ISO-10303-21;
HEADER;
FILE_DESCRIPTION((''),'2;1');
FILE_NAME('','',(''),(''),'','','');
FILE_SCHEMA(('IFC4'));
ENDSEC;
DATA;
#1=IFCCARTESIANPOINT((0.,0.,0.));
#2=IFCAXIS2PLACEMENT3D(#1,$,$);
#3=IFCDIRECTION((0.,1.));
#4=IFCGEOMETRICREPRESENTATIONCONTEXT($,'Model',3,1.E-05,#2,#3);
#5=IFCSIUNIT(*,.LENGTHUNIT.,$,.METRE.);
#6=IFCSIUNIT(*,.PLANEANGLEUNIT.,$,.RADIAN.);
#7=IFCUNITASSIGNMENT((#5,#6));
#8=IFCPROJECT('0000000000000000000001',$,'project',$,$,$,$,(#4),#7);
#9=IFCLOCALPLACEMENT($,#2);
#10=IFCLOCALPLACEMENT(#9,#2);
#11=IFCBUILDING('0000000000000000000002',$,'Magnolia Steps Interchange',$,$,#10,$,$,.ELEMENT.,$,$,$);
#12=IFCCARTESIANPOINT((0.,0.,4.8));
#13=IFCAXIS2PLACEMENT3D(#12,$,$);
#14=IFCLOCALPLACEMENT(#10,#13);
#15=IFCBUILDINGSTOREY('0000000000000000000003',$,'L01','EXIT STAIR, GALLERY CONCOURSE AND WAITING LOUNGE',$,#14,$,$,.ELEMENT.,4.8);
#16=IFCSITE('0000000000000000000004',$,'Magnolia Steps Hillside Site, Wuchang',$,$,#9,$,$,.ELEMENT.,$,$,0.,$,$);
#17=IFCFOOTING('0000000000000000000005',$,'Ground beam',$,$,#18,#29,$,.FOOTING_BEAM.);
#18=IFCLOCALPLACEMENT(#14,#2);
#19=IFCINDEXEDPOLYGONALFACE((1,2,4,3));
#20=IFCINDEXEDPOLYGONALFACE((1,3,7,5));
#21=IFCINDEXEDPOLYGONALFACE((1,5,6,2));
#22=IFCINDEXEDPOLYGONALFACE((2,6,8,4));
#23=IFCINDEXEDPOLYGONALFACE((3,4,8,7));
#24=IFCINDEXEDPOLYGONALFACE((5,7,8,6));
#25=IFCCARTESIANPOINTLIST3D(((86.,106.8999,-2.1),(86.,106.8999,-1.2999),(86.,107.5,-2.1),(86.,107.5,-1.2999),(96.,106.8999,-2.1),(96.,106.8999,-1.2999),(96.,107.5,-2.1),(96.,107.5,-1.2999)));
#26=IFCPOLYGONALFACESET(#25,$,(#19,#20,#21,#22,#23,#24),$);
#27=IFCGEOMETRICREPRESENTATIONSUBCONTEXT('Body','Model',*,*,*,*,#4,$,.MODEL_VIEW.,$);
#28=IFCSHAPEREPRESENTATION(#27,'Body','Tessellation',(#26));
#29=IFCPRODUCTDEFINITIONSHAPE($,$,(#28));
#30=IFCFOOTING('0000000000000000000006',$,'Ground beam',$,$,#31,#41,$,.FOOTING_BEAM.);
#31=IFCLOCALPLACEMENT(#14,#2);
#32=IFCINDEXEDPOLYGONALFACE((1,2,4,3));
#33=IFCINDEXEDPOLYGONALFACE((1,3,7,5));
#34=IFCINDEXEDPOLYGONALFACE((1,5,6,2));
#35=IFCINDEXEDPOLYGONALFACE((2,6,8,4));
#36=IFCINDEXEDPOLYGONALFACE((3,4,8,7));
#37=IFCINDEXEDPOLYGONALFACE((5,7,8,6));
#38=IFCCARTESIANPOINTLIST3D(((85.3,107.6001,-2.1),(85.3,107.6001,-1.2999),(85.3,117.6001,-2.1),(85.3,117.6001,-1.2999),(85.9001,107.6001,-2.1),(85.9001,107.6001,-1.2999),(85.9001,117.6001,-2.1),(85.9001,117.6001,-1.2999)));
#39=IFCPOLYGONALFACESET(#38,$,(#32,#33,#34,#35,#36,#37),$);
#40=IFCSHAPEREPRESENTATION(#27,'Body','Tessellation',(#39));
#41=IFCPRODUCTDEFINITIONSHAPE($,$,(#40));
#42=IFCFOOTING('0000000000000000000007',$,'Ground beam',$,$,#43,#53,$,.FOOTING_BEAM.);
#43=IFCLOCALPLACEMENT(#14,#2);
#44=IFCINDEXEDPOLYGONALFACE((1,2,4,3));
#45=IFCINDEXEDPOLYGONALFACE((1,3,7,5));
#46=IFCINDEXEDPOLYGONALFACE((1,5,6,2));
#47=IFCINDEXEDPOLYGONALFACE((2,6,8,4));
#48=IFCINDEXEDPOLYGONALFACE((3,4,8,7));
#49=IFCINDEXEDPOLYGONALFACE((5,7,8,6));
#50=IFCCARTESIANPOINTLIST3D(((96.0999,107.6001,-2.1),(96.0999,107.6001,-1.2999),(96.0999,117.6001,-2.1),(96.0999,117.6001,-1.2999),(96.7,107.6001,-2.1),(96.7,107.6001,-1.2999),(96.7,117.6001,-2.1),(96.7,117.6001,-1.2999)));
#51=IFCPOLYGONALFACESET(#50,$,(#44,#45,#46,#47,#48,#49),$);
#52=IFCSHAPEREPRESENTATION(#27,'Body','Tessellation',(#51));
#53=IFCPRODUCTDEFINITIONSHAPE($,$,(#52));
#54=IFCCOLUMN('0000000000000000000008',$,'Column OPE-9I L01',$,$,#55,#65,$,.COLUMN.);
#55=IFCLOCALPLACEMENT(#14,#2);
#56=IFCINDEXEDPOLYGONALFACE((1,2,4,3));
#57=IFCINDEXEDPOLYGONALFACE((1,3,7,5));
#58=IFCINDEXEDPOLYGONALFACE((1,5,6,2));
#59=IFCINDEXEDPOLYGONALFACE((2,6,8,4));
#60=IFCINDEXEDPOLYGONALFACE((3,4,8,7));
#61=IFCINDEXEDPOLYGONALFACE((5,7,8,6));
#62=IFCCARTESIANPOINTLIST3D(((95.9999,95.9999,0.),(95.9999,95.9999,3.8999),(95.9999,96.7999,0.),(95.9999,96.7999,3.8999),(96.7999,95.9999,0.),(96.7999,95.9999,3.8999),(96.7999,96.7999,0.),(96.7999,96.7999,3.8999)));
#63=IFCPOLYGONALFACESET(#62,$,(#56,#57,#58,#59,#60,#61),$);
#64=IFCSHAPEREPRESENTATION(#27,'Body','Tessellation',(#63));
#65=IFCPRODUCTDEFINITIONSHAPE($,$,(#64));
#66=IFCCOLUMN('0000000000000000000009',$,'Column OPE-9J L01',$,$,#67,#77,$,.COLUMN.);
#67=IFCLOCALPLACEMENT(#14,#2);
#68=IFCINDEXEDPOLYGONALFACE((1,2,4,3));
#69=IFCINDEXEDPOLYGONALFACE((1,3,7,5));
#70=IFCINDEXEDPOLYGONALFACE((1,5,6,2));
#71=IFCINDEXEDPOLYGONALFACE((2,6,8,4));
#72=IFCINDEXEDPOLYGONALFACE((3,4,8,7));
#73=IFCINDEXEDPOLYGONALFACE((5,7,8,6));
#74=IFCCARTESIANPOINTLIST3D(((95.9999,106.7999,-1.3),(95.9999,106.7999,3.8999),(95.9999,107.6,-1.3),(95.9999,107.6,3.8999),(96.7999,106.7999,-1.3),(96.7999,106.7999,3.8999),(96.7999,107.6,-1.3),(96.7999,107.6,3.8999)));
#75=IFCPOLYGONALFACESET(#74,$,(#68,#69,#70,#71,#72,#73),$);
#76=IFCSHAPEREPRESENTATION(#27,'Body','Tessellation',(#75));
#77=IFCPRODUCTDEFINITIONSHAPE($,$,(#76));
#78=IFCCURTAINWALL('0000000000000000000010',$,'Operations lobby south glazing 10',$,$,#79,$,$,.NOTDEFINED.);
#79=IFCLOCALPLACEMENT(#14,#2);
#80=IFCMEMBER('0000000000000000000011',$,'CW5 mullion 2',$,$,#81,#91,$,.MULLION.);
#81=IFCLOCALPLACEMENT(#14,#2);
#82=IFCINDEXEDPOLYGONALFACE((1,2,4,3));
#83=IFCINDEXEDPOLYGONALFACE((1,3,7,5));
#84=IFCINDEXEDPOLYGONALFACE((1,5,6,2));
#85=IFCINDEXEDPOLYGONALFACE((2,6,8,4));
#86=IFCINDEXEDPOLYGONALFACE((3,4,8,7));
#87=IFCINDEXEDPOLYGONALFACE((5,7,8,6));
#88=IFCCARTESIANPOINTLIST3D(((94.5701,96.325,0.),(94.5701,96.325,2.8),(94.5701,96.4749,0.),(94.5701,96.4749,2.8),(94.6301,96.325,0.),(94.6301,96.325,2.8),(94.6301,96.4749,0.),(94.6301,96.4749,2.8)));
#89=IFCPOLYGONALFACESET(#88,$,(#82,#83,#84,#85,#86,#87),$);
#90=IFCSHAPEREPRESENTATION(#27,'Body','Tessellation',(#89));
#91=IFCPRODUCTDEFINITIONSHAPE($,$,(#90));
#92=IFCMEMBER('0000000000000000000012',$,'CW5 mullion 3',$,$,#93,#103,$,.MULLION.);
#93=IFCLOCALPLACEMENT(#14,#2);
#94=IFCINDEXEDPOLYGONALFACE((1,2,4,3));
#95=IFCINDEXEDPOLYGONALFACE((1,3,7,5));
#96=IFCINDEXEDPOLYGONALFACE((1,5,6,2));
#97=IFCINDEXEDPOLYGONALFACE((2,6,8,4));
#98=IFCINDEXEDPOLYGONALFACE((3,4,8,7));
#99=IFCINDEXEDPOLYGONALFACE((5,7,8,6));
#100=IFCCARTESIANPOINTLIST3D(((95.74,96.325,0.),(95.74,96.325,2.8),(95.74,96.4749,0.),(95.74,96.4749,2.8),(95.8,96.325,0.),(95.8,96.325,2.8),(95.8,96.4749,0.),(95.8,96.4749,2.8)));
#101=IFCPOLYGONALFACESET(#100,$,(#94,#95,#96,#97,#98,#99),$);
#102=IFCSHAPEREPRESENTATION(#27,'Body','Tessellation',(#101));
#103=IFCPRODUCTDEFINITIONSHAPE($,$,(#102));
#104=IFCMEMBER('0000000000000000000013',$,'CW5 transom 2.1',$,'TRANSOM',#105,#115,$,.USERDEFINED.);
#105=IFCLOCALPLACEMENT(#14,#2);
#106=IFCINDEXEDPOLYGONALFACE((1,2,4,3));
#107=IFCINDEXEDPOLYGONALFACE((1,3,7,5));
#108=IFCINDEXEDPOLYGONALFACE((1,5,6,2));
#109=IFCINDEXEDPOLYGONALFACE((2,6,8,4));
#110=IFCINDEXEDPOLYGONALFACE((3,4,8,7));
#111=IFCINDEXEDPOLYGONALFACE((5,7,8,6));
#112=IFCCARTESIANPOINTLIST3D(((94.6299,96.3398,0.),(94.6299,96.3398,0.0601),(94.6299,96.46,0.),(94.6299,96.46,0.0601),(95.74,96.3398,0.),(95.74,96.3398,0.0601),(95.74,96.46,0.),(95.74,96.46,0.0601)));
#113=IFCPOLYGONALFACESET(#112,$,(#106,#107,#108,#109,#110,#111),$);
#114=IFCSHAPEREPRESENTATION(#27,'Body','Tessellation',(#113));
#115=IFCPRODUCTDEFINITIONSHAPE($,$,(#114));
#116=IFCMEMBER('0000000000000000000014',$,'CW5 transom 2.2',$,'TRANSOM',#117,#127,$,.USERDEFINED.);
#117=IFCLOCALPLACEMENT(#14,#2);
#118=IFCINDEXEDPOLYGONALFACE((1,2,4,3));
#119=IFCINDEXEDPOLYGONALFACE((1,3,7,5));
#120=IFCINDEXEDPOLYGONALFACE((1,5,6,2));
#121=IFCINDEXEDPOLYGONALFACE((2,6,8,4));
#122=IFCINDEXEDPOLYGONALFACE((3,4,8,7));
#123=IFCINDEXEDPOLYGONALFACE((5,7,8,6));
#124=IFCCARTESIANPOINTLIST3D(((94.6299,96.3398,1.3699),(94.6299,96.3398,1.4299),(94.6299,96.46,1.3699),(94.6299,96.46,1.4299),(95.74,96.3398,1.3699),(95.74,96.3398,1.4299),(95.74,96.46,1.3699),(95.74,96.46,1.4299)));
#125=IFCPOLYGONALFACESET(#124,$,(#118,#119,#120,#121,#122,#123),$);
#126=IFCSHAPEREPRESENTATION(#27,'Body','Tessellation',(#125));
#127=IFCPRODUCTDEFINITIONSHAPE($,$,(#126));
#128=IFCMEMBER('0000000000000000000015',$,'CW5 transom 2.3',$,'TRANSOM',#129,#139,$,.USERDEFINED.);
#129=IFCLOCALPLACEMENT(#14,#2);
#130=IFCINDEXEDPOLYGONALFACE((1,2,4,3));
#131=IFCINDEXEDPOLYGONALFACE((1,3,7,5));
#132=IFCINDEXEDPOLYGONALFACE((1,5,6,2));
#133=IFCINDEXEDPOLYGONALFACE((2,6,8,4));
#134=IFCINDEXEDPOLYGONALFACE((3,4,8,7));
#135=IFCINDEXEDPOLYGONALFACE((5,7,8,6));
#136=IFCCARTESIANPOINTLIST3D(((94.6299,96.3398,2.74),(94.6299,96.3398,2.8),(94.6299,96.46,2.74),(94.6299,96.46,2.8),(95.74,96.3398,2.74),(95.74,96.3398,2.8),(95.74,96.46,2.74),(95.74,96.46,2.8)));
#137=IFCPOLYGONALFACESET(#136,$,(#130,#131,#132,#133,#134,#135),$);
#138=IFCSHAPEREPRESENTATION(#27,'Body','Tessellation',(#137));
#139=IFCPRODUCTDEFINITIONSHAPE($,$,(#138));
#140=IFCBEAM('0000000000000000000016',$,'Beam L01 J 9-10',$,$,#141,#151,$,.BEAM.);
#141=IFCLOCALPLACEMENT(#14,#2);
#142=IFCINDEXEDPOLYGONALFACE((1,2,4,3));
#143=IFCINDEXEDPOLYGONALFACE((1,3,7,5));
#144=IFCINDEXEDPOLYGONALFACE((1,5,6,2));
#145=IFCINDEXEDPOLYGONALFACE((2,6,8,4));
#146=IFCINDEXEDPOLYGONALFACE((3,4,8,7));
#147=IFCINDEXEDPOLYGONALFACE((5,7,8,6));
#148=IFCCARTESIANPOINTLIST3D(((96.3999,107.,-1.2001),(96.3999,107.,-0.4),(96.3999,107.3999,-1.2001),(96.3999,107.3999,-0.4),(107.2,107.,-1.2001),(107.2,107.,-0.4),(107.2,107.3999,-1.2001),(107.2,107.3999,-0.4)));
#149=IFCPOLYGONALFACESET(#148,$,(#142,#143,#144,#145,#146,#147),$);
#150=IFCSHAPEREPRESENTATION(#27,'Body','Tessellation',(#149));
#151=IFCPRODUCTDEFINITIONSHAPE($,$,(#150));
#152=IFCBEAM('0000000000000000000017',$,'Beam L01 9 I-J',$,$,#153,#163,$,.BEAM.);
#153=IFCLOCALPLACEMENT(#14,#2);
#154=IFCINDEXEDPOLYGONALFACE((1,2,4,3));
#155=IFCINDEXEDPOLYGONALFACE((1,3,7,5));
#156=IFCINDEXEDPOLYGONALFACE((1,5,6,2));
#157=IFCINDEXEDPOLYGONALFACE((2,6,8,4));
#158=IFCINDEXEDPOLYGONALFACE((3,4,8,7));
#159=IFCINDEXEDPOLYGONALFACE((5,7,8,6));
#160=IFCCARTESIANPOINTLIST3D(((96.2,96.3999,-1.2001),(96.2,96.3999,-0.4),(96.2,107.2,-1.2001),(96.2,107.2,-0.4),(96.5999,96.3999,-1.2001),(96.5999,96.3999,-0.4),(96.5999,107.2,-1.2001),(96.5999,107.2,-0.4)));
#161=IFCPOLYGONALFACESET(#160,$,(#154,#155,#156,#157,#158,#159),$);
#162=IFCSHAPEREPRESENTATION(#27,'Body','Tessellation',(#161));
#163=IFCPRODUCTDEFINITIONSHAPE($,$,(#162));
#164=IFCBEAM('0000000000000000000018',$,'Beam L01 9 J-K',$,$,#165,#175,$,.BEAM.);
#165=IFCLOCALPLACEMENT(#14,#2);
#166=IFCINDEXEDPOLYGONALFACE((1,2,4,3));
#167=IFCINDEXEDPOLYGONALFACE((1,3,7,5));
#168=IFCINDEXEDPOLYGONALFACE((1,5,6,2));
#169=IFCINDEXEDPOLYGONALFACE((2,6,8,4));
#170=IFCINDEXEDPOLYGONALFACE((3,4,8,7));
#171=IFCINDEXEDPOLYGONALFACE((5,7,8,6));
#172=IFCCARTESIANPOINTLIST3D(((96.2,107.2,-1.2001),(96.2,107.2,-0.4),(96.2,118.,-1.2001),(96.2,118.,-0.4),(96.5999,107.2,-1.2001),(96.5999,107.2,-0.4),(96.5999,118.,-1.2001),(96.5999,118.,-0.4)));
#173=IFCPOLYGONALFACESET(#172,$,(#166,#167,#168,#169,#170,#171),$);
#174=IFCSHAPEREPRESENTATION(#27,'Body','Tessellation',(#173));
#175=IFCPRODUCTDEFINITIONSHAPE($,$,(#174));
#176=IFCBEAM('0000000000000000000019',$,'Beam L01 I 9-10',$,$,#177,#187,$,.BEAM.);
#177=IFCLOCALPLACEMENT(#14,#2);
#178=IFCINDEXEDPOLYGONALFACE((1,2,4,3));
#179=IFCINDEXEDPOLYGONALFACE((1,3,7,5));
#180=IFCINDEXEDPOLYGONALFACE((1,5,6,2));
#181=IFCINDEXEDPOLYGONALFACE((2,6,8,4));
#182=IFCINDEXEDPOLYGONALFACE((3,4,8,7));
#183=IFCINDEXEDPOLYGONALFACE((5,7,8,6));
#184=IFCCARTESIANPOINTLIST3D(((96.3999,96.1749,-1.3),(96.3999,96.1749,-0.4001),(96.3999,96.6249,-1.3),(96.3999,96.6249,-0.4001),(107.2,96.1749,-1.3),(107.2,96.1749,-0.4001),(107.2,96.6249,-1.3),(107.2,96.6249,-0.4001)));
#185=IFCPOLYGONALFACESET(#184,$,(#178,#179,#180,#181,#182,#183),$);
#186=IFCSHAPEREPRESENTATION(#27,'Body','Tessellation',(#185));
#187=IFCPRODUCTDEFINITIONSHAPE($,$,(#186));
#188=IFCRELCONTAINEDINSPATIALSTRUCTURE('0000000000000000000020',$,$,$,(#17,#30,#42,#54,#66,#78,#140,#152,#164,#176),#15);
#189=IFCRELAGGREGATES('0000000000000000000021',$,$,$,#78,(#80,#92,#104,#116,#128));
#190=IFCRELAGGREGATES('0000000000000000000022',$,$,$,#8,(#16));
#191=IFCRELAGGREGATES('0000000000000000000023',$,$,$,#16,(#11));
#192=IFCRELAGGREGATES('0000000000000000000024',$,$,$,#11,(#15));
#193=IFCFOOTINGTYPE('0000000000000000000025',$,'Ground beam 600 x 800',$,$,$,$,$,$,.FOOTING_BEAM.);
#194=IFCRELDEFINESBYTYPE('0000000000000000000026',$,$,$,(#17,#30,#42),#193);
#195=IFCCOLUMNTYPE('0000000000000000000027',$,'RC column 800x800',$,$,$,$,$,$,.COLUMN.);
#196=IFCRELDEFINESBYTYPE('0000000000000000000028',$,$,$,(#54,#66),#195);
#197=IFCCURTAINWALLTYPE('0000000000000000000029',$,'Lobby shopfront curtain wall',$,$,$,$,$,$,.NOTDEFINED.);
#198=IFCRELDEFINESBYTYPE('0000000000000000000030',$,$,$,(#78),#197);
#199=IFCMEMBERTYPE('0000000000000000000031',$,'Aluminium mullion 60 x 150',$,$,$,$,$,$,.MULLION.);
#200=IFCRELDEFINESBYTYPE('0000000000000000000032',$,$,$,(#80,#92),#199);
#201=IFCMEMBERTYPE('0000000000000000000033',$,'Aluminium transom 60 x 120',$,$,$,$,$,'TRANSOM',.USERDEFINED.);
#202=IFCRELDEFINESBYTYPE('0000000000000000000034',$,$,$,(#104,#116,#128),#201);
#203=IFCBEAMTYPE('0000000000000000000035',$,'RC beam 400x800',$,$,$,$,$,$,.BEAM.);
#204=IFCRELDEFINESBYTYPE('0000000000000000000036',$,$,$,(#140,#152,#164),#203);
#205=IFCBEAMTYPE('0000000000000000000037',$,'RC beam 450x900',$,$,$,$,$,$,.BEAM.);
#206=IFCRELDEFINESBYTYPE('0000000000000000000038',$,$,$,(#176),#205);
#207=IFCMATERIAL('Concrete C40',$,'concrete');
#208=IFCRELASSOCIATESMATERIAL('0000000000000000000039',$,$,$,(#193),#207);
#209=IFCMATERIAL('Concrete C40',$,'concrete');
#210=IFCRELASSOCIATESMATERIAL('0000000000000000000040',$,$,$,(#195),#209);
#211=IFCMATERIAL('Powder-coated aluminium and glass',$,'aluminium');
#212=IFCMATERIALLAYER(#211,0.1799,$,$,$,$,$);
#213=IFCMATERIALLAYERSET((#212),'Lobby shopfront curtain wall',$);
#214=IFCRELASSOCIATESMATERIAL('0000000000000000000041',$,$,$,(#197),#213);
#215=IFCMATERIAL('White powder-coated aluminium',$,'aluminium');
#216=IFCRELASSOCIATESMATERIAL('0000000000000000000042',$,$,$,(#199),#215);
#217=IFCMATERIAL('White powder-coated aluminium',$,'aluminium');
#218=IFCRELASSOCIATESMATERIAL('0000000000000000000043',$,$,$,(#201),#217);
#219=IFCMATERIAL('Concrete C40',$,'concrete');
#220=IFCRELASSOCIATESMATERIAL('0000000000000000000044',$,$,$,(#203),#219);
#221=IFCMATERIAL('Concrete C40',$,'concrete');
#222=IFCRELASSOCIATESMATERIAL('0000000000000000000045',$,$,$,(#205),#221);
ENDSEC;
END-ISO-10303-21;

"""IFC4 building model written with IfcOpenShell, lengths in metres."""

from ifc_helpers import new_model, si_unit, direction, frame, origin, origin_2d, place, context, subcontext, project, spatial, rectangle, extrude, material, layer, layer_set, material_profile, profile_set, type_object, element, aggregate, save


model = new_model("IFC4")

# Units and contexts
model_context = context("Model", 3, precision=1e-05, world=origin(), true_north=direction((0.0, 1.0)))
body_context = subcontext(model_context, "Body", "Model", "MODEL_VIEW")
ifc_project = project(units=[si_unit("LENGTHUNIT", "METRE"), si_unit("PLANEANGLEUNIT", "RADIAN")], contexts=[model_context])

# Site, building, storey
site_placement = place(None, origin())
site = spatial("IfcSite", under=ifc_project, at=site_placement, Name="Magnolia Steps Hillside Site, Wuchang", CompositionType="ELEMENT", RefElevation=0.0)
building_placement = place(site_placement, origin())
building = spatial("IfcBuilding", under=site, at=building_placement, Name="Magnolia Steps Interchange", CompositionType="ELEMENT")
storey_placement = place(building_placement, frame((0.0, 0.0, 4.8)))
storey = spatial("IfcBuildingStorey", under=building, at=storey_placement, Name="L01", Description="EXIT STAIR, GALLERY CONCOURSE AND WAITING LOUNGE", CompositionType="ELEMENT", Elevation=4.8)

# Footings
ifc_material_1 = material(Name="Concrete C40", Category="concrete")
ifc_material_profile_1 = material_profile(ifc_material_1, rectangle(XDim=0.6001, YDim=0.8, at=origin_2d()), Name="RC600x800")
ifc_profile_set_1 = profile_set([ifc_material_profile_1], Name="Concrete C40")
footing_type = type_object("IfcFootingType", Name="Ground beam 600 x 800", PredefinedType="FOOTING_BEAM", material=ifc_profile_set_1)
for number, where, z_axis, x_axis, name in (
    (1, (86.0, 107.2, -1.7), (1.0, 0.0, 0.0), (0.0, 1.0, 0.0), "Ground beam"),
    (2, (85.6001, 107.6001, -1.7), (0.0, 1.0, 0.0), (-1.0, 0.0, 0.0), "Ground beam"),
    (3, (96.3999, 107.6001, -1.7), (0.0, 1.0, 0.0), (-1.0, 0.0, 0.0), "Ground beam"),
):
    element("IfcFooting", number, at=place(storey_placement, frame(where, z_axis=z_axis, x_axis=x_axis)), inside=storey, type_object=footing_type, Name=name, PredefinedType="FOOTING_BEAM", context=body_context, shape_type="SweptSolid", body=[
        extrude(rectangle(XDim=0.6001, YDim=0.8, at=origin_2d()), origin(), (0.0, 0.0, 1.0), 10.0),
    ])

# Columns
ifc_material_2 = material(Name="Concrete C40", Category="concrete")
ifc_material_profile_2 = material_profile(ifc_material_2, rectangle(XDim=0.8, YDim=0.8, at=origin_2d()), Name="RC800x800")
ifc_profile_set_2 = profile_set([ifc_material_profile_2], Name="Concrete C40")
column_type = type_object("IfcColumnType", Name="RC column 800x800", PredefinedType="COLUMN", material=ifc_profile_set_2)
column_1_placement = place(storey_placement, frame((96.3999, 96.3999, 0.0), z_axis=(0.0, 0.0, 1.0), x_axis=(1.0, 0.0, 0.0)))
element("IfcColumn", 4, at=column_1_placement, inside=storey, type_object=column_type, Name="Column OPE-9I L01", PredefinedType="COLUMN", context=body_context, shape_type="SweptSolid", body=[
    extrude(rectangle(XDim=0.8, YDim=0.8, at=origin_2d()), origin(), (0.0, 0.0, 1.0), 3.8999),
])
column_2_placement = place(storey_placement, frame((96.3999, 107.2, -1.3), z_axis=(0.0, 0.0, 1.0), x_axis=(1.0, 0.0, 0.0)))
element("IfcColumn", 5, at=column_2_placement, inside=storey, type_object=column_type, Name="Column OPE-9J L01", PredefinedType="COLUMN", context=body_context, shape_type="SweptSolid", body=[
    extrude(rectangle(XDim=0.8, YDim=0.8, at=origin_2d()), origin(), (0.0, 0.0, 1.0), 5.2),
])

# Curtain wall, members
ifc_material_3 = material(Name="Powder-coated aluminium and glass", Category="aluminium")
ifc_layer_1 = layer(ifc_material_3, 0.1799)
ifc_layer_set_1 = layer_set([ifc_layer_1], Name="Lobby shopfront curtain wall")
curtain_wall_type = type_object("IfcCurtainWallType", Name="Lobby shopfront curtain wall", PredefinedType="NOTDEFINED", material=ifc_layer_set_1)
curtain_wall_placement = place(storey_placement, origin())
curtain_wall = element("IfcCurtainWall", 6, at=curtain_wall_placement, inside=storey, type_object=curtain_wall_type, Name="Operations lobby south glazing 10", PredefinedType="NOTDEFINED")
ifc_material_4 = material(Name="White powder-coated aluminium", Category="aluminium")
ifc_material_profile_3 = material_profile(ifc_material_4, rectangle(XDim=0.0601, YDim=0.1499, at=origin_2d()), Name="Aluminium mullion 60 x 150")
ifc_profile_set_3 = profile_set([ifc_material_profile_3], Name="White powder-coated aluminium")
member_type_1 = type_object("IfcMemberType", Name="Aluminium mullion 60 x 150", PredefinedType="MULLION", material=ifc_profile_set_3)
member_1_placement = place(storey_placement, frame((94.6001, 96.3999, 0.0), z_axis=(0.0, 0.0, 1.0), x_axis=(1.0, 0.0, 0.0)))
member_1 = element("IfcMember", 7, at=member_1_placement, type_object=member_type_1, Name="CW5 mullion 2", PredefinedType="MULLION", context=body_context, shape_type="SweptSolid", body=[
    extrude(rectangle(XDim=0.0601, YDim=0.1499, at=origin_2d()), origin(), (0.0, 0.0, 1.0), 2.8),
])
member_2_placement = place(storey_placement, frame((95.77, 96.3999, 0.0), z_axis=(0.0, 0.0, 1.0), x_axis=(1.0, 0.0, 0.0)))
member_2 = element("IfcMember", 8, at=member_2_placement, type_object=member_type_1, Name="CW5 mullion 3", PredefinedType="MULLION", context=body_context, shape_type="SweptSolid", body=[
    extrude(rectangle(XDim=0.0601, YDim=0.1499, at=origin_2d()), origin(), (0.0, 0.0, 1.0), 2.8),
])
ifc_material_5 = material(Name="White powder-coated aluminium", Category="aluminium")
ifc_material_profile_4 = material_profile(ifc_material_5, rectangle(XDim=0.0601, YDim=0.1201, at=origin_2d()), Name="Aluminium transom 60 x 120")
ifc_profile_set_4 = profile_set([ifc_material_profile_4], Name="White powder-coated aluminium")
member_type_2 = type_object("IfcMemberType", Name="Aluminium transom 60 x 120", ElementType="TRANSOM", PredefinedType="USERDEFINED", material=ifc_profile_set_4)
member_3_placement = place(storey_placement, frame((94.6299, 96.3999, 0.03), z_axis=(1.0, 0.0, 0.0), x_axis=(0.0, 0.0, 1.0)))
member_3 = element("IfcMember", 9, at=member_3_placement, type_object=member_type_2, Name="CW5 transom 2.1", ObjectType="TRANSOM", PredefinedType="USERDEFINED", context=body_context, shape_type="SweptSolid", body=[
    extrude(rectangle(XDim=0.0601, YDim=0.1201, at=origin_2d()), origin(), (0.0, 0.0, 1.0), 1.1101),
])
member_4_placement = place(storey_placement, frame((94.6299, 96.3999, 1.3999), z_axis=(1.0, 0.0, 0.0), x_axis=(0.0, 0.0, 1.0)))
member_4 = element("IfcMember", 10, at=member_4_placement, type_object=member_type_2, Name="CW5 transom 2.2", ObjectType="TRANSOM", PredefinedType="USERDEFINED", context=body_context, shape_type="SweptSolid", body=[
    extrude(rectangle(XDim=0.0601, YDim=0.1201, at=origin_2d()), origin(), (0.0, 0.0, 1.0), 1.1101),
])
member_5_placement = place(storey_placement, frame((94.6299, 96.3999, 2.77), z_axis=(1.0, 0.0, 0.0), x_axis=(0.0, 0.0, 1.0)))
member_5 = element("IfcMember", 11, at=member_5_placement, type_object=member_type_2, Name="CW5 transom 2.3", ObjectType="TRANSOM", PredefinedType="USERDEFINED", context=body_context, shape_type="SweptSolid", body=[
    extrude(rectangle(XDim=0.0601, YDim=0.1201, at=origin_2d()), origin(), (0.0, 0.0, 1.0), 1.1101),
])

# Beams
ifc_material_6 = material(Name="Concrete C40", Category="concrete")
ifc_material_profile_5 = material_profile(ifc_material_6, rectangle(XDim=0.3999, YDim=0.8, at=origin_2d()), Name="RC400x800")
ifc_profile_set_5 = profile_set([ifc_material_profile_5], Name="Concrete C40")
beam_type_1 = type_object("IfcBeamType", Name="RC beam 400x800", PredefinedType="BEAM", material=ifc_profile_set_5)
for number, where, z_axis, x_axis, name in (
    (12, (96.3999, 107.2, -0.8), (1.0, 0.0, 0.0), (0.0, 1.0, 0.0), "Beam L01 J 9-10"),
    (13, (96.3999, 96.3999, -0.8), (0.0, 1.0, 0.0), (-1.0, 0.0, 0.0), "Beam L01 9 I-J"),
    (14, (96.3999, 107.2, -0.8), (0.0, 1.0, 0.0), (-1.0, 0.0, 0.0), "Beam L01 9 J-K"),
):
    element("IfcBeam", number, at=place(storey_placement, frame(where, z_axis=z_axis, x_axis=x_axis)), inside=storey, type_object=beam_type_1, Name=name, PredefinedType="BEAM", context=body_context, shape_type="SweptSolid", body=[
        extrude(rectangle(XDim=0.3999, YDim=0.8, at=origin_2d()), origin(), (0.0, 0.0, 1.0), 10.8),
    ])
ifc_material_7 = material(Name="Concrete C40", Category="concrete")
ifc_material_profile_6 = material_profile(ifc_material_7, rectangle(XDim=0.45, YDim=0.8999, at=origin_2d()), Name="RC450x900")
ifc_profile_set_6 = profile_set([ifc_material_profile_6], Name="Concrete C40")
beam_type_2 = type_object("IfcBeamType", Name="RC beam 450x900", PredefinedType="BEAM", material=ifc_profile_set_6)
beam_placement = place(storey_placement, frame((96.3999, 96.3999, -0.8501), z_axis=(1.0, 0.0, 0.0), x_axis=(0.0, 1.0, 0.0)))
element("IfcBeam", 15, at=beam_placement, inside=storey, type_object=beam_type_2, Name="Beam L01 I 9-10", PredefinedType="BEAM", context=body_context, shape_type="SweptSolid", body=[
    extrude(rectangle(XDim=0.45, YDim=0.8999, at=origin_2d()), origin(), (0.0, 0.0, 1.0), 10.8),
])

aggregate(curtain_wall, [member_1, member_2, member_3, member_4, member_5])

save(model, "model.ifc")
